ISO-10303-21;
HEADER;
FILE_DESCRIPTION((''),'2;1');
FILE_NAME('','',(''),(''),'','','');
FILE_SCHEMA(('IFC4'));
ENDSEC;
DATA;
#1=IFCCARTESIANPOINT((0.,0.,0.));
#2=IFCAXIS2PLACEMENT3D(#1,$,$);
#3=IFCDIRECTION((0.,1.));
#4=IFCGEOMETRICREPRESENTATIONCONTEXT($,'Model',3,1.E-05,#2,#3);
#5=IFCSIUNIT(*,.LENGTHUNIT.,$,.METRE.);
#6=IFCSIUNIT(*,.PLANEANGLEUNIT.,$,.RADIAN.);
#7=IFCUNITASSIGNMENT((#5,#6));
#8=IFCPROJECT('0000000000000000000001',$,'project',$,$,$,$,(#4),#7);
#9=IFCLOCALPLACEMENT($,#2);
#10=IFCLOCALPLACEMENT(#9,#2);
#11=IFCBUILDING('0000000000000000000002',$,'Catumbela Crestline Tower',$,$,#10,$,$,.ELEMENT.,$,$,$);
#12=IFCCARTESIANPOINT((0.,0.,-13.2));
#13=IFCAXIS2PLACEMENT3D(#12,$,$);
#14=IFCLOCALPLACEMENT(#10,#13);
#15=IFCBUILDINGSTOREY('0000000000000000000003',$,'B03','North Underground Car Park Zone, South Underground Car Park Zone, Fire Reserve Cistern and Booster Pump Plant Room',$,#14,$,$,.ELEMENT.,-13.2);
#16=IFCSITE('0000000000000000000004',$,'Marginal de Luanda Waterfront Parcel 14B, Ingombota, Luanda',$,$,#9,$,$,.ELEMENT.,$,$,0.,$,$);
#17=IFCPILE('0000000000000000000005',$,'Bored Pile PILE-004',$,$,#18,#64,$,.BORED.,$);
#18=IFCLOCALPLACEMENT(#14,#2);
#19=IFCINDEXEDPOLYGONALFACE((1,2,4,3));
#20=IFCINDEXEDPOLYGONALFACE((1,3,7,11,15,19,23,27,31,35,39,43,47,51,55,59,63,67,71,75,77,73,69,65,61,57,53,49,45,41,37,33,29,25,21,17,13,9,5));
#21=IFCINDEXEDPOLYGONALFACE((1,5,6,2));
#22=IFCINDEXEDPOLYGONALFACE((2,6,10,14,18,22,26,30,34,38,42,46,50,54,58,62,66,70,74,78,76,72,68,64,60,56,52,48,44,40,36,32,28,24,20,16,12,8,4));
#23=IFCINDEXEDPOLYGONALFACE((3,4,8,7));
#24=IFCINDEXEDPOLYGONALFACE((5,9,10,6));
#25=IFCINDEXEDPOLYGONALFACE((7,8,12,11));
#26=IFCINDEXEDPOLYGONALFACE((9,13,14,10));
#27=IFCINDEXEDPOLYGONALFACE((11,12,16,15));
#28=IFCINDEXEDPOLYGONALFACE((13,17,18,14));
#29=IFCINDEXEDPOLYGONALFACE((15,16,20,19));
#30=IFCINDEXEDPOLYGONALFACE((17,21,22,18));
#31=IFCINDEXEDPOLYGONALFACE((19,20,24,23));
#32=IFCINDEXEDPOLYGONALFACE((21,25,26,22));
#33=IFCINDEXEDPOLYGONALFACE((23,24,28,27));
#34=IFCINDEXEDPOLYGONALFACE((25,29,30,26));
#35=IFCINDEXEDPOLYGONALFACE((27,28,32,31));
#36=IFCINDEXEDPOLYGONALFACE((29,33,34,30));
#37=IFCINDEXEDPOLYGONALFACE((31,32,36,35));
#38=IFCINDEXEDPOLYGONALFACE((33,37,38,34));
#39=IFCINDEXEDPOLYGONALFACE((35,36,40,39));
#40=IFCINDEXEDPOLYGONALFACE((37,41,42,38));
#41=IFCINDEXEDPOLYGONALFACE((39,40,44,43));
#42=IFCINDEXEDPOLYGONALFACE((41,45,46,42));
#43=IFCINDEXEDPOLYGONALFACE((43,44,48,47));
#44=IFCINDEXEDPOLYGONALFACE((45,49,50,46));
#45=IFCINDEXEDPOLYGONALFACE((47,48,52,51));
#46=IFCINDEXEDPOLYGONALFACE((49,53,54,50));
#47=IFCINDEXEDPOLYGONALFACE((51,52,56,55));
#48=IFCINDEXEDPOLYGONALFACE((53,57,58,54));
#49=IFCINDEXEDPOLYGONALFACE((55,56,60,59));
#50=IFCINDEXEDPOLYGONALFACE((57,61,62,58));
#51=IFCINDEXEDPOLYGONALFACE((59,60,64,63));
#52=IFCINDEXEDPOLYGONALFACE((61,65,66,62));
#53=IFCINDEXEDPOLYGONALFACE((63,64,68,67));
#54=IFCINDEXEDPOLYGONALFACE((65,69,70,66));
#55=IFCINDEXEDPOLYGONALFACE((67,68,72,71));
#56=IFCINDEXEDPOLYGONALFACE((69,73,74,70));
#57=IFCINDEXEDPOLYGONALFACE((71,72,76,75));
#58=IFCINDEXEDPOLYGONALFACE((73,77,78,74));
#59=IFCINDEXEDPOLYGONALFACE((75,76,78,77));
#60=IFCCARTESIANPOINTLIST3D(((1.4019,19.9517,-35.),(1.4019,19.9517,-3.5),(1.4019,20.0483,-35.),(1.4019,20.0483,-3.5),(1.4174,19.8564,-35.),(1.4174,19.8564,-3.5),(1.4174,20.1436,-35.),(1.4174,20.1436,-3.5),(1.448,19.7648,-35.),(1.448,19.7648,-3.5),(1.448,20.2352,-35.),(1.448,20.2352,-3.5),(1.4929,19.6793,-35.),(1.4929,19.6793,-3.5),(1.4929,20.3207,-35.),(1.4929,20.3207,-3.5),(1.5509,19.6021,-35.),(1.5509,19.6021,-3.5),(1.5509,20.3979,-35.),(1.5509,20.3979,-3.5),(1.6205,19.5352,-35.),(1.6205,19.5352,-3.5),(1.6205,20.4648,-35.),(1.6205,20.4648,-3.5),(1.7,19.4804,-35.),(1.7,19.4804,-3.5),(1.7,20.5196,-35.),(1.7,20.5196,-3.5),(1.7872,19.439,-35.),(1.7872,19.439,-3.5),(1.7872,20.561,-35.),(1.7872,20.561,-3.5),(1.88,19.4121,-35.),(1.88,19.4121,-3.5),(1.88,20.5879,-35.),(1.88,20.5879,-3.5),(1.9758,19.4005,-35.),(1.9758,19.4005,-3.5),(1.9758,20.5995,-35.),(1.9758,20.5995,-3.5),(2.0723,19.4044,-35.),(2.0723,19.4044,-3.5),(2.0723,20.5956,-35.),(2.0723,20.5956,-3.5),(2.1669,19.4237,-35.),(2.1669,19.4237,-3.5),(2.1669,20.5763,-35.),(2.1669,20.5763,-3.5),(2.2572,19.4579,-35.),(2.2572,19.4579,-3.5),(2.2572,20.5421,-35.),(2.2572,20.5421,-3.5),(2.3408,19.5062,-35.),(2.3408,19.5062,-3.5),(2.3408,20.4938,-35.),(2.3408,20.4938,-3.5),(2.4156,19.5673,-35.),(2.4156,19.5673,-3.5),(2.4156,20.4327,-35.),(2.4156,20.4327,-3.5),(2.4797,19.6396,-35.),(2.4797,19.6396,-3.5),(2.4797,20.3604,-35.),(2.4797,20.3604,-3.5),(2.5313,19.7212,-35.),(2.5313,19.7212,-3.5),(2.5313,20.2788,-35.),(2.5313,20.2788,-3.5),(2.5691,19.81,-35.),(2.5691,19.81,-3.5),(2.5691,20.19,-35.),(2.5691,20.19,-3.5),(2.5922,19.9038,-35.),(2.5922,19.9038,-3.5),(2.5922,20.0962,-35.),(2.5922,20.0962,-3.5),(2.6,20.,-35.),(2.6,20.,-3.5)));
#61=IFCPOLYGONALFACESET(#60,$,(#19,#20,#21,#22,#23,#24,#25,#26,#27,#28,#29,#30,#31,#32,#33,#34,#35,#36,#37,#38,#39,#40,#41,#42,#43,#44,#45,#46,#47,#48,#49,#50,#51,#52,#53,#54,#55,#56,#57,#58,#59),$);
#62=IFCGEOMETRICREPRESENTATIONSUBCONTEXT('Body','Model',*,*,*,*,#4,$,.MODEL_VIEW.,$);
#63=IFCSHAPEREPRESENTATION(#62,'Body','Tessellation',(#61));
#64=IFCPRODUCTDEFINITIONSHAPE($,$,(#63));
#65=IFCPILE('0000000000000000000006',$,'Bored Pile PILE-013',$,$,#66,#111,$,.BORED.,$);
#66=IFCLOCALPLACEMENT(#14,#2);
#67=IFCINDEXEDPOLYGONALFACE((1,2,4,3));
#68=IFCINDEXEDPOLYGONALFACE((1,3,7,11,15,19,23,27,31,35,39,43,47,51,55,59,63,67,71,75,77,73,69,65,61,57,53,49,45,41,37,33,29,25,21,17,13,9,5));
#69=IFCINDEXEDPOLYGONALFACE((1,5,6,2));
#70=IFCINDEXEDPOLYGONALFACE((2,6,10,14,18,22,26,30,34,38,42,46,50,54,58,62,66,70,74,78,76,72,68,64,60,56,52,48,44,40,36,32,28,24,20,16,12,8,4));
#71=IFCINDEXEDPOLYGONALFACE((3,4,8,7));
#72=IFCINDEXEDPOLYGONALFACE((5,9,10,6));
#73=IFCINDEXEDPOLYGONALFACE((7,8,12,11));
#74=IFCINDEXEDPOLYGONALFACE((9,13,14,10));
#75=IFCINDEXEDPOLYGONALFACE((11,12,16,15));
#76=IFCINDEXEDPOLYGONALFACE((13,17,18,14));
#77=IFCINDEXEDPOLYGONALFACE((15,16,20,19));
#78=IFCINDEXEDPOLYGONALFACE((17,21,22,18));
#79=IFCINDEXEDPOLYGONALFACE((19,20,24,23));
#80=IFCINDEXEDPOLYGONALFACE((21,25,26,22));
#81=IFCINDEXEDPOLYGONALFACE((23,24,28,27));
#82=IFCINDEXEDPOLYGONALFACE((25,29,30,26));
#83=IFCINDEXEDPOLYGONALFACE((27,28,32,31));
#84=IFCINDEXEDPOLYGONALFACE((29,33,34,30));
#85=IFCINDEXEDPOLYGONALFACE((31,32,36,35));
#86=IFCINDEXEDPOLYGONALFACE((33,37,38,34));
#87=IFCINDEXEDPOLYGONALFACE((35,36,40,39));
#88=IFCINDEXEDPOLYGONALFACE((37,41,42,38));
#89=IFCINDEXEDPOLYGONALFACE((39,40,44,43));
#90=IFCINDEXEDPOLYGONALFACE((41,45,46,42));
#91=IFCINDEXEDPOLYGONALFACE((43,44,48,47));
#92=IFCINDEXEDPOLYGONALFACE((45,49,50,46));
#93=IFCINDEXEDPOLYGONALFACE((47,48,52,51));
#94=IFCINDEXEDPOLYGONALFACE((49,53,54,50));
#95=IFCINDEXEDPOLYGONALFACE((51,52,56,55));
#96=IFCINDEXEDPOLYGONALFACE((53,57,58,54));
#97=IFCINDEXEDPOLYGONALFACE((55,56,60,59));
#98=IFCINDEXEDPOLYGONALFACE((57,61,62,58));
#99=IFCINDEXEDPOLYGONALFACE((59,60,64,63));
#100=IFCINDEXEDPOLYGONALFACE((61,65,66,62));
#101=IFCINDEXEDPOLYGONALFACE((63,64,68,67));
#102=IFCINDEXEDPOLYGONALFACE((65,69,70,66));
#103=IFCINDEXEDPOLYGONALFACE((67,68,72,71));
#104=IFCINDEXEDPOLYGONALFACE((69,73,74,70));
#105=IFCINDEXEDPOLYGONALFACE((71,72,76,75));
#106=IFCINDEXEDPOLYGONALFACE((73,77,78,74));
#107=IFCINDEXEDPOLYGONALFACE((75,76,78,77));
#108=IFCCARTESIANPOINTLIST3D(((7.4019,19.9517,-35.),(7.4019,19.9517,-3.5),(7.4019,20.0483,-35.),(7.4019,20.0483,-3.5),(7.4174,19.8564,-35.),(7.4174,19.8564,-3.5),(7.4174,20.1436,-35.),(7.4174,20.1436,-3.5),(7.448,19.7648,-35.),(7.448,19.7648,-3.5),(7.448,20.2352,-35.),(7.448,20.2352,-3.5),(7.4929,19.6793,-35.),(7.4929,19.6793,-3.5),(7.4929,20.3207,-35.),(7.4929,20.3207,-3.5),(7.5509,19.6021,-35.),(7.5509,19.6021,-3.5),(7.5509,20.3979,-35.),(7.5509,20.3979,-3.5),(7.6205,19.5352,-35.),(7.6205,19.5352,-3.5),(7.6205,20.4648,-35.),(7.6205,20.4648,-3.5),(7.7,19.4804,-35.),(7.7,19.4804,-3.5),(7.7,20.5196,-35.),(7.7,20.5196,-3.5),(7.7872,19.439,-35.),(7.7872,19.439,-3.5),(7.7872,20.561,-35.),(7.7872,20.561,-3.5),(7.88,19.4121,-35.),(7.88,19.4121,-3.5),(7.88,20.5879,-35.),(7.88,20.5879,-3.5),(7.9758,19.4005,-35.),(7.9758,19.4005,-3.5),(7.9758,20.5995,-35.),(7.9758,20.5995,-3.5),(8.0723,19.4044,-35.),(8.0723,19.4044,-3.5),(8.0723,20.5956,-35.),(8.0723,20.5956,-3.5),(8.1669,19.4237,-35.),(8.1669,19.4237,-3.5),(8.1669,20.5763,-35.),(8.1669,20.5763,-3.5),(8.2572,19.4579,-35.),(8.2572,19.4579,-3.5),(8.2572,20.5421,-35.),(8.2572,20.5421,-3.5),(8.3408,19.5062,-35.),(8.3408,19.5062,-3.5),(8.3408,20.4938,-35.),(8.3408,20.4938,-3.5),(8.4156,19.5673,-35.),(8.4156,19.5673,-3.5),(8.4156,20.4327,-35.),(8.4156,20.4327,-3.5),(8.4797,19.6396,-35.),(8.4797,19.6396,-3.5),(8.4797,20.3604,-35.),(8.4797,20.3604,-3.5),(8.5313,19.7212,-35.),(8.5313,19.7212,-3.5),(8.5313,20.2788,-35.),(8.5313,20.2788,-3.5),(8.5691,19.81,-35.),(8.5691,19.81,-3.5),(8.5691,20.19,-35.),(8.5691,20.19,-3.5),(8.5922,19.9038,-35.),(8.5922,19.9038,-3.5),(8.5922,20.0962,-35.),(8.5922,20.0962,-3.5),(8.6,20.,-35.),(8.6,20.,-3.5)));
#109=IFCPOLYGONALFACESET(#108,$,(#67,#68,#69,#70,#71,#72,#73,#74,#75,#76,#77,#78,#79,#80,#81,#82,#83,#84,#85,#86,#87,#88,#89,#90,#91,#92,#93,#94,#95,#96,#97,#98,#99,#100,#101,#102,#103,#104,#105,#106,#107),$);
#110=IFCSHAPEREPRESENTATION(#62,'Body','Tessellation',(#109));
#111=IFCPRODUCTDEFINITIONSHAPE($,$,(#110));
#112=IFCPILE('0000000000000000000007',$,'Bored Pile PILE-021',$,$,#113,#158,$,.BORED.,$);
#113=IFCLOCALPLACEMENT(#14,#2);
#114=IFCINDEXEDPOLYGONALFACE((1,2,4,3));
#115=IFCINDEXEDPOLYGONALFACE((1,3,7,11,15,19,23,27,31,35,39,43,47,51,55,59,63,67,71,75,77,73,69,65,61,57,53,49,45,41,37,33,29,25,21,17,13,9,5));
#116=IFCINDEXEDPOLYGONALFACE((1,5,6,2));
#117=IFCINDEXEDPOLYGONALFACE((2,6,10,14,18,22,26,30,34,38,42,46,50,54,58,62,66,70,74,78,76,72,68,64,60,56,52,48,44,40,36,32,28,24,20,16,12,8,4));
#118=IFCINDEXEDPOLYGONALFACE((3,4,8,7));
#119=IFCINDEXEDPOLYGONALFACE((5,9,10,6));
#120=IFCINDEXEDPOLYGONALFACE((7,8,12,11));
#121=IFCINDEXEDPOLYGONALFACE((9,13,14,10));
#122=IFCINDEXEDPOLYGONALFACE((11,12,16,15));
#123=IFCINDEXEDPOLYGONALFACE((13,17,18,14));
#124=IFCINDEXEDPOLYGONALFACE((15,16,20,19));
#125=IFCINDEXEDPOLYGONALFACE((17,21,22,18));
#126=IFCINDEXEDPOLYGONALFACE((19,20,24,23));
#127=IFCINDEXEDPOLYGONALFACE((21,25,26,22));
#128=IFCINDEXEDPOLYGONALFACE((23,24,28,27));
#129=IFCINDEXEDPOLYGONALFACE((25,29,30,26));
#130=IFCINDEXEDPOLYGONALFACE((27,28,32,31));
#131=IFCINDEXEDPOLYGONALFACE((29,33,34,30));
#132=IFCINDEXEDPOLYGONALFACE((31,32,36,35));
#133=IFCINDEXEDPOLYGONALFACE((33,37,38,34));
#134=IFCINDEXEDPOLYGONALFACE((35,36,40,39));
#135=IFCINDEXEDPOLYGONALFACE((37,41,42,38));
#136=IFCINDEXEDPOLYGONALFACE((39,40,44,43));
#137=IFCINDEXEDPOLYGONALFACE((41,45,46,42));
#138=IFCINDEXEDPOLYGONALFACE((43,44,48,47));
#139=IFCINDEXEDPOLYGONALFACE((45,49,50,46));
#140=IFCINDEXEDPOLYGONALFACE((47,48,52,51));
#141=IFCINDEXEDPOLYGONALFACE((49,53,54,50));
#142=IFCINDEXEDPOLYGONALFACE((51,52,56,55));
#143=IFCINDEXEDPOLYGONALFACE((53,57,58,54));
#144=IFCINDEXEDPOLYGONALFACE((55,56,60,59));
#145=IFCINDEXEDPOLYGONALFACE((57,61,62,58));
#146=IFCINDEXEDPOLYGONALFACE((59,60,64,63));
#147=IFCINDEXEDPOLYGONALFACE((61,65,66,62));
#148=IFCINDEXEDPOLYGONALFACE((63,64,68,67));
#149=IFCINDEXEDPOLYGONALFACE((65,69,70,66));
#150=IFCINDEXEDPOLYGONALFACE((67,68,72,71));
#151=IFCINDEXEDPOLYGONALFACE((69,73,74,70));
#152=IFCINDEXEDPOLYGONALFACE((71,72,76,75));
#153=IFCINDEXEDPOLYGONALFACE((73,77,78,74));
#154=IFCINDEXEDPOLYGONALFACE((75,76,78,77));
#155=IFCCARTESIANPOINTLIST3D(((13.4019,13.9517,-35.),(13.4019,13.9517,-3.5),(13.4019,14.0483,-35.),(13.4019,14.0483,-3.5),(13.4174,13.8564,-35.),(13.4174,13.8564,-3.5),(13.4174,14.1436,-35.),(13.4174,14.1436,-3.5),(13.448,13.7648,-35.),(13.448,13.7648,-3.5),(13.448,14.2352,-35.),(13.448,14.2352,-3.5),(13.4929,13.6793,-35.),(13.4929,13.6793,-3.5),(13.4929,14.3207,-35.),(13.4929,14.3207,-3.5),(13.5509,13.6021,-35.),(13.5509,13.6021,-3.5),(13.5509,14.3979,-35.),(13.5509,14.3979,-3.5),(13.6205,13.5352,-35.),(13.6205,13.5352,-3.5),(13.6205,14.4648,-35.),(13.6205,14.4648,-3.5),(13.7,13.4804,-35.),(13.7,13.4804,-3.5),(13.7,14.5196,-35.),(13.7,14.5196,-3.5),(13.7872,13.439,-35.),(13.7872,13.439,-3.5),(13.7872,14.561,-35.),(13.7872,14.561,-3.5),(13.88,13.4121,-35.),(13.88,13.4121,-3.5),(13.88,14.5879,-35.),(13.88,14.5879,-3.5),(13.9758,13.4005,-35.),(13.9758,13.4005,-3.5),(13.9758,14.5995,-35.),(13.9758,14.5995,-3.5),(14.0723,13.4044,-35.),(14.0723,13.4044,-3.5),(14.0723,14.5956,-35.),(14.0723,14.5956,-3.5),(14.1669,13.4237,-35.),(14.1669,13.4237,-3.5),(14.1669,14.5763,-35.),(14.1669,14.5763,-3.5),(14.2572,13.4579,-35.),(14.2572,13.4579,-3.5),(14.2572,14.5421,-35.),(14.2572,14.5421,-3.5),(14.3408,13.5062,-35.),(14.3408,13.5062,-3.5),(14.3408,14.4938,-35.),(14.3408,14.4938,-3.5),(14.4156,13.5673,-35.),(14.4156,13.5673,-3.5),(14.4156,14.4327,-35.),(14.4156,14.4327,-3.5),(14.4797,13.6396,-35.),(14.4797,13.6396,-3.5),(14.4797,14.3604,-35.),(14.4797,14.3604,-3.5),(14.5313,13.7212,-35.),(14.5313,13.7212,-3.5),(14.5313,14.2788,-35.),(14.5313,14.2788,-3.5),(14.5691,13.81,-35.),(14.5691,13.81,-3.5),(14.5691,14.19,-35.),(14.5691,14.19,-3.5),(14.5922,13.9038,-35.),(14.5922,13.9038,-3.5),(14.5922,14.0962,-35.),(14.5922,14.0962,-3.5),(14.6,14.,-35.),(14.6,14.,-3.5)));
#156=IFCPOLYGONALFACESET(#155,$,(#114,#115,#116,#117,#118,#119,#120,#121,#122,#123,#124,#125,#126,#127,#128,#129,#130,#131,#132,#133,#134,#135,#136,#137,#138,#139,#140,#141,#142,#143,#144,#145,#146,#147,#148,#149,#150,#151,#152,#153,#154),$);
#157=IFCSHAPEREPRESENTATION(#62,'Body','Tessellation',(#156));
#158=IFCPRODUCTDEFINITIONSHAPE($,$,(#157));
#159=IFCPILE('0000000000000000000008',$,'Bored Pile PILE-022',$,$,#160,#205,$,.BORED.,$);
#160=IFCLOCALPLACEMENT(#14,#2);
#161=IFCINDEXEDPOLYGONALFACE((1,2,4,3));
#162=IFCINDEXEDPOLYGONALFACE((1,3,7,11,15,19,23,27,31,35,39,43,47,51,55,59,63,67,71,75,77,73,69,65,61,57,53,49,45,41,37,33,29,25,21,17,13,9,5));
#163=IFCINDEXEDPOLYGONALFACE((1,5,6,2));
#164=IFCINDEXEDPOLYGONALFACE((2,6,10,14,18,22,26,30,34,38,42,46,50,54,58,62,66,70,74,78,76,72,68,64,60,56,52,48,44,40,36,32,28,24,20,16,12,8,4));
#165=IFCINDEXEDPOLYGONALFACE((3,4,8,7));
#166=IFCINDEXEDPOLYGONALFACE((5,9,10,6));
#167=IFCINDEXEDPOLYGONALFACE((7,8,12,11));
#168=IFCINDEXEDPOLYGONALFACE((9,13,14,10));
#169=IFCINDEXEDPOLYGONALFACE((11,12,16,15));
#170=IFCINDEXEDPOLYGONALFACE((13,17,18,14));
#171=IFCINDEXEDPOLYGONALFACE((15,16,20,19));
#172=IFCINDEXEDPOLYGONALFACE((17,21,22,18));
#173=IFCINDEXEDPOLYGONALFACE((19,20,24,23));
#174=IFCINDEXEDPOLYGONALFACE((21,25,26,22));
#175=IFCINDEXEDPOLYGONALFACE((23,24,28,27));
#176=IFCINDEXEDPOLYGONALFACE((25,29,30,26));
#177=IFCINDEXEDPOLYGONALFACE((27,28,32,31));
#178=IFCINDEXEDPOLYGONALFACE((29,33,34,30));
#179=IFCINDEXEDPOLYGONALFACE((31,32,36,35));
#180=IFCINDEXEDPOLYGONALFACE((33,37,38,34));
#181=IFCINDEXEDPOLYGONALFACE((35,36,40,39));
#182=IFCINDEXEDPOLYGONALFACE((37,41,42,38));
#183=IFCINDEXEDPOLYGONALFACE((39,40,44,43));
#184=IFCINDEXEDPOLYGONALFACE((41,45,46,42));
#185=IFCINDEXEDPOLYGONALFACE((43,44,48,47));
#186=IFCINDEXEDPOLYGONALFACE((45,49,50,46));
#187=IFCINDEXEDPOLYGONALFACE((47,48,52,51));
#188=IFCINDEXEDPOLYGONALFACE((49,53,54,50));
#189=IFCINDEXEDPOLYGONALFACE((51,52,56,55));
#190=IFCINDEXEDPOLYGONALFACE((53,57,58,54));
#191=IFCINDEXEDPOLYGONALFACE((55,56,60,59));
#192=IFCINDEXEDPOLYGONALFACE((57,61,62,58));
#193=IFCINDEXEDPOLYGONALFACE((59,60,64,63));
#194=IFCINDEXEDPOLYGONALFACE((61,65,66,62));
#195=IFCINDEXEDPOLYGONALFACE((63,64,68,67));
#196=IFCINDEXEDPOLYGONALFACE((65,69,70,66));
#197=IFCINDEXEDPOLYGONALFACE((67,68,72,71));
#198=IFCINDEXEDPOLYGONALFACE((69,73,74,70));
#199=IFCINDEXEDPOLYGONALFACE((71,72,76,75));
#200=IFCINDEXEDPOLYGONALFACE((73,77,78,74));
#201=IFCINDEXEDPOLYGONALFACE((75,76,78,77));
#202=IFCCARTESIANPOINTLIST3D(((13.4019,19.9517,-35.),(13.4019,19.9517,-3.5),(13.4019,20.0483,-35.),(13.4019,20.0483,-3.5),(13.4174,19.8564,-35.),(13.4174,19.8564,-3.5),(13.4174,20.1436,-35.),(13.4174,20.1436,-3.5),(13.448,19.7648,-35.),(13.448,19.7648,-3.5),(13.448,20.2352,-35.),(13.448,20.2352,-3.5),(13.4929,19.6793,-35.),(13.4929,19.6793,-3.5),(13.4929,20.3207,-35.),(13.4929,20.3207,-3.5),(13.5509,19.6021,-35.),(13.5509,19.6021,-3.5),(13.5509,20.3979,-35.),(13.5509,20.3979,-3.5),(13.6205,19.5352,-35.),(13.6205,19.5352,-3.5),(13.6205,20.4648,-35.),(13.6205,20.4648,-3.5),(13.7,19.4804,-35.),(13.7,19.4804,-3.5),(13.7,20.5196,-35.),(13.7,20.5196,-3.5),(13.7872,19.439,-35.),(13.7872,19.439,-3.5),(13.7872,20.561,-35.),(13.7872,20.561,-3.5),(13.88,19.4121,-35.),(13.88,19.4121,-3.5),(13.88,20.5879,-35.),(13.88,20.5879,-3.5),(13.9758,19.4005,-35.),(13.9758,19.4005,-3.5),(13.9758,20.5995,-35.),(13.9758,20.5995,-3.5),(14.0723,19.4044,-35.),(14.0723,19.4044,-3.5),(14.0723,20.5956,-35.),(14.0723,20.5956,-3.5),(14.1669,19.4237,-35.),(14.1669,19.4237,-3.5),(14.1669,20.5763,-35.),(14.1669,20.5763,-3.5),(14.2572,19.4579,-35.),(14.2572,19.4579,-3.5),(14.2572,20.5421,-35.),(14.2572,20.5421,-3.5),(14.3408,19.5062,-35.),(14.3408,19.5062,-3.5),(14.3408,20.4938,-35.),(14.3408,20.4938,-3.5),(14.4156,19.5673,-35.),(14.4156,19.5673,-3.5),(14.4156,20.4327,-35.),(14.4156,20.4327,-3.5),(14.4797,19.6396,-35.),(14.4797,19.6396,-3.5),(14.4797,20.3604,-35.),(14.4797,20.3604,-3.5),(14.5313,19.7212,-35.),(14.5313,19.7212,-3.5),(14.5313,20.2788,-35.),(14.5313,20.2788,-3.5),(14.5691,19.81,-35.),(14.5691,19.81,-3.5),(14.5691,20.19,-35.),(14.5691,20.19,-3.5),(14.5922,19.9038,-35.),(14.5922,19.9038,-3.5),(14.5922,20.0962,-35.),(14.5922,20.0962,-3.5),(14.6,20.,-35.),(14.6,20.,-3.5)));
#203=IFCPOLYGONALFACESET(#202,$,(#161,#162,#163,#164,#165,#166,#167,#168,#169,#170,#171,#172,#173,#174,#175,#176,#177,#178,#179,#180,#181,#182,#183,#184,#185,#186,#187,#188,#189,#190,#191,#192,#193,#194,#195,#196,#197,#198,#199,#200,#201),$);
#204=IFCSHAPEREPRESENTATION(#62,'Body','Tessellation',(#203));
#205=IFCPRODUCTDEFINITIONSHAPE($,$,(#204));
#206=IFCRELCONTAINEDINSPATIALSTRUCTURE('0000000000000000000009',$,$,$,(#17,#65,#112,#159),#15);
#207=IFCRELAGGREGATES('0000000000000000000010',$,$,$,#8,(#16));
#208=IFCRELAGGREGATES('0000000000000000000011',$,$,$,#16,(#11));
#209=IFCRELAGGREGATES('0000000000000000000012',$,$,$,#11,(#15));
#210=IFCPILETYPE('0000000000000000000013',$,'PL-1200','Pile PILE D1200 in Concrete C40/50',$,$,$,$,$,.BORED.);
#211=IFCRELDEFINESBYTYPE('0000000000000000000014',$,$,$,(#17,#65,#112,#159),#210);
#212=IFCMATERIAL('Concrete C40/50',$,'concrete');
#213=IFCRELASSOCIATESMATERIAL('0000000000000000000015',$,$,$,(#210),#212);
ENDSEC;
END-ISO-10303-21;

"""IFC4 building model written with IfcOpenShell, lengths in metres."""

from ifc_helpers import new_model, si_unit, direction, frame, origin, origin_2d, place, context, subcontext, project, spatial, circle, extrude, material, material_profile, profile_set, type_object, element, save


model = new_model("IFC4")

# Units and contexts
model_context = context("Model", 3, precision=1e-05, world=origin(), true_north=direction((0.0, 1.0)))
body_context = subcontext(model_context, "Body", "Model", "MODEL_VIEW")
ifc_project = project(units=[si_unit("LENGTHUNIT", "METRE"), si_unit("PLANEANGLEUNIT", "RADIAN")], contexts=[model_context])

# Site, building, storey
site_placement = place(None, origin())
site = spatial("IfcSite", under=ifc_project, at=site_placement, Name="Marginal de Luanda Waterfront Parcel 14B, Ingombota, Luanda", CompositionType="ELEMENT", RefElevation=0.0)
building_placement = place(site_placement, origin())
building = spatial("IfcBuilding", under=site, at=building_placement, Name="Catumbela Crestline Tower", CompositionType="ELEMENT")
storey_placement = place(building_placement, frame((0.0, 0.0, -13.2)))
storey = spatial("IfcBuildingStorey", under=building, at=storey_placement, Name="B03", Description="North Underground Car Park Zone, South Underground Car Park Zone, Fire Reserve Cistern and Booster Pump Plant Room", CompositionType="ELEMENT", Elevation=-13.2)

# Piles
ifc_material_1 = material(Name="Concrete C40/50", Category="concrete")
ifc_material_profile_1 = material_profile(ifc_material_1, circle(Radius=0.6, at=origin_2d()), Name="PILE D1200")
ifc_profile_set_1 = profile_set([ifc_material_profile_1], Name="Concrete C40/50")
pile_type_1 = type_object("IfcPileType", Name="PL-1200", Description="Pile PILE D1200 in Concrete C40/50", PredefinedType="BORED", material=ifc_profile_set_1)
for number, where, z_axis, x_axis, name in (
    (1, (2.0, 20.0, -3.5), (0.0, 0.0, -1.0), (1.0, 0.0, 0.0), "Bored Pile PILE-004"),
    (2, (8.0, 20.0, -3.5), (0.0, 0.0, -1.0), (1.0, 0.0, 0.0), "Bored Pile PILE-013"),
    (3, (14.0, 14.0, -3.5), (0.0, 0.0, -1.0), (1.0, 0.0, 0.0), "Bored Pile PILE-021"),
    (4, (14.0, 20.0, -3.5), (0.0, 0.0, -1.0), (1.0, 0.0, 0.0), "Bored Pile PILE-022"),
):
    element("IfcPile", number, at=place(storey_placement, frame(where, z_axis=z_axis, x_axis=x_axis)), inside=storey, type_object=pile_type_1, Name=name, PredefinedType="BORED", context=body_context, shape_type="SweptSolid", body=[
        extrude(circle(Radius=0.6, at=origin_2d()), origin(), (0.0, 0.0, 1.0), 31.5),
    ])

save(model, "model.ifc")
